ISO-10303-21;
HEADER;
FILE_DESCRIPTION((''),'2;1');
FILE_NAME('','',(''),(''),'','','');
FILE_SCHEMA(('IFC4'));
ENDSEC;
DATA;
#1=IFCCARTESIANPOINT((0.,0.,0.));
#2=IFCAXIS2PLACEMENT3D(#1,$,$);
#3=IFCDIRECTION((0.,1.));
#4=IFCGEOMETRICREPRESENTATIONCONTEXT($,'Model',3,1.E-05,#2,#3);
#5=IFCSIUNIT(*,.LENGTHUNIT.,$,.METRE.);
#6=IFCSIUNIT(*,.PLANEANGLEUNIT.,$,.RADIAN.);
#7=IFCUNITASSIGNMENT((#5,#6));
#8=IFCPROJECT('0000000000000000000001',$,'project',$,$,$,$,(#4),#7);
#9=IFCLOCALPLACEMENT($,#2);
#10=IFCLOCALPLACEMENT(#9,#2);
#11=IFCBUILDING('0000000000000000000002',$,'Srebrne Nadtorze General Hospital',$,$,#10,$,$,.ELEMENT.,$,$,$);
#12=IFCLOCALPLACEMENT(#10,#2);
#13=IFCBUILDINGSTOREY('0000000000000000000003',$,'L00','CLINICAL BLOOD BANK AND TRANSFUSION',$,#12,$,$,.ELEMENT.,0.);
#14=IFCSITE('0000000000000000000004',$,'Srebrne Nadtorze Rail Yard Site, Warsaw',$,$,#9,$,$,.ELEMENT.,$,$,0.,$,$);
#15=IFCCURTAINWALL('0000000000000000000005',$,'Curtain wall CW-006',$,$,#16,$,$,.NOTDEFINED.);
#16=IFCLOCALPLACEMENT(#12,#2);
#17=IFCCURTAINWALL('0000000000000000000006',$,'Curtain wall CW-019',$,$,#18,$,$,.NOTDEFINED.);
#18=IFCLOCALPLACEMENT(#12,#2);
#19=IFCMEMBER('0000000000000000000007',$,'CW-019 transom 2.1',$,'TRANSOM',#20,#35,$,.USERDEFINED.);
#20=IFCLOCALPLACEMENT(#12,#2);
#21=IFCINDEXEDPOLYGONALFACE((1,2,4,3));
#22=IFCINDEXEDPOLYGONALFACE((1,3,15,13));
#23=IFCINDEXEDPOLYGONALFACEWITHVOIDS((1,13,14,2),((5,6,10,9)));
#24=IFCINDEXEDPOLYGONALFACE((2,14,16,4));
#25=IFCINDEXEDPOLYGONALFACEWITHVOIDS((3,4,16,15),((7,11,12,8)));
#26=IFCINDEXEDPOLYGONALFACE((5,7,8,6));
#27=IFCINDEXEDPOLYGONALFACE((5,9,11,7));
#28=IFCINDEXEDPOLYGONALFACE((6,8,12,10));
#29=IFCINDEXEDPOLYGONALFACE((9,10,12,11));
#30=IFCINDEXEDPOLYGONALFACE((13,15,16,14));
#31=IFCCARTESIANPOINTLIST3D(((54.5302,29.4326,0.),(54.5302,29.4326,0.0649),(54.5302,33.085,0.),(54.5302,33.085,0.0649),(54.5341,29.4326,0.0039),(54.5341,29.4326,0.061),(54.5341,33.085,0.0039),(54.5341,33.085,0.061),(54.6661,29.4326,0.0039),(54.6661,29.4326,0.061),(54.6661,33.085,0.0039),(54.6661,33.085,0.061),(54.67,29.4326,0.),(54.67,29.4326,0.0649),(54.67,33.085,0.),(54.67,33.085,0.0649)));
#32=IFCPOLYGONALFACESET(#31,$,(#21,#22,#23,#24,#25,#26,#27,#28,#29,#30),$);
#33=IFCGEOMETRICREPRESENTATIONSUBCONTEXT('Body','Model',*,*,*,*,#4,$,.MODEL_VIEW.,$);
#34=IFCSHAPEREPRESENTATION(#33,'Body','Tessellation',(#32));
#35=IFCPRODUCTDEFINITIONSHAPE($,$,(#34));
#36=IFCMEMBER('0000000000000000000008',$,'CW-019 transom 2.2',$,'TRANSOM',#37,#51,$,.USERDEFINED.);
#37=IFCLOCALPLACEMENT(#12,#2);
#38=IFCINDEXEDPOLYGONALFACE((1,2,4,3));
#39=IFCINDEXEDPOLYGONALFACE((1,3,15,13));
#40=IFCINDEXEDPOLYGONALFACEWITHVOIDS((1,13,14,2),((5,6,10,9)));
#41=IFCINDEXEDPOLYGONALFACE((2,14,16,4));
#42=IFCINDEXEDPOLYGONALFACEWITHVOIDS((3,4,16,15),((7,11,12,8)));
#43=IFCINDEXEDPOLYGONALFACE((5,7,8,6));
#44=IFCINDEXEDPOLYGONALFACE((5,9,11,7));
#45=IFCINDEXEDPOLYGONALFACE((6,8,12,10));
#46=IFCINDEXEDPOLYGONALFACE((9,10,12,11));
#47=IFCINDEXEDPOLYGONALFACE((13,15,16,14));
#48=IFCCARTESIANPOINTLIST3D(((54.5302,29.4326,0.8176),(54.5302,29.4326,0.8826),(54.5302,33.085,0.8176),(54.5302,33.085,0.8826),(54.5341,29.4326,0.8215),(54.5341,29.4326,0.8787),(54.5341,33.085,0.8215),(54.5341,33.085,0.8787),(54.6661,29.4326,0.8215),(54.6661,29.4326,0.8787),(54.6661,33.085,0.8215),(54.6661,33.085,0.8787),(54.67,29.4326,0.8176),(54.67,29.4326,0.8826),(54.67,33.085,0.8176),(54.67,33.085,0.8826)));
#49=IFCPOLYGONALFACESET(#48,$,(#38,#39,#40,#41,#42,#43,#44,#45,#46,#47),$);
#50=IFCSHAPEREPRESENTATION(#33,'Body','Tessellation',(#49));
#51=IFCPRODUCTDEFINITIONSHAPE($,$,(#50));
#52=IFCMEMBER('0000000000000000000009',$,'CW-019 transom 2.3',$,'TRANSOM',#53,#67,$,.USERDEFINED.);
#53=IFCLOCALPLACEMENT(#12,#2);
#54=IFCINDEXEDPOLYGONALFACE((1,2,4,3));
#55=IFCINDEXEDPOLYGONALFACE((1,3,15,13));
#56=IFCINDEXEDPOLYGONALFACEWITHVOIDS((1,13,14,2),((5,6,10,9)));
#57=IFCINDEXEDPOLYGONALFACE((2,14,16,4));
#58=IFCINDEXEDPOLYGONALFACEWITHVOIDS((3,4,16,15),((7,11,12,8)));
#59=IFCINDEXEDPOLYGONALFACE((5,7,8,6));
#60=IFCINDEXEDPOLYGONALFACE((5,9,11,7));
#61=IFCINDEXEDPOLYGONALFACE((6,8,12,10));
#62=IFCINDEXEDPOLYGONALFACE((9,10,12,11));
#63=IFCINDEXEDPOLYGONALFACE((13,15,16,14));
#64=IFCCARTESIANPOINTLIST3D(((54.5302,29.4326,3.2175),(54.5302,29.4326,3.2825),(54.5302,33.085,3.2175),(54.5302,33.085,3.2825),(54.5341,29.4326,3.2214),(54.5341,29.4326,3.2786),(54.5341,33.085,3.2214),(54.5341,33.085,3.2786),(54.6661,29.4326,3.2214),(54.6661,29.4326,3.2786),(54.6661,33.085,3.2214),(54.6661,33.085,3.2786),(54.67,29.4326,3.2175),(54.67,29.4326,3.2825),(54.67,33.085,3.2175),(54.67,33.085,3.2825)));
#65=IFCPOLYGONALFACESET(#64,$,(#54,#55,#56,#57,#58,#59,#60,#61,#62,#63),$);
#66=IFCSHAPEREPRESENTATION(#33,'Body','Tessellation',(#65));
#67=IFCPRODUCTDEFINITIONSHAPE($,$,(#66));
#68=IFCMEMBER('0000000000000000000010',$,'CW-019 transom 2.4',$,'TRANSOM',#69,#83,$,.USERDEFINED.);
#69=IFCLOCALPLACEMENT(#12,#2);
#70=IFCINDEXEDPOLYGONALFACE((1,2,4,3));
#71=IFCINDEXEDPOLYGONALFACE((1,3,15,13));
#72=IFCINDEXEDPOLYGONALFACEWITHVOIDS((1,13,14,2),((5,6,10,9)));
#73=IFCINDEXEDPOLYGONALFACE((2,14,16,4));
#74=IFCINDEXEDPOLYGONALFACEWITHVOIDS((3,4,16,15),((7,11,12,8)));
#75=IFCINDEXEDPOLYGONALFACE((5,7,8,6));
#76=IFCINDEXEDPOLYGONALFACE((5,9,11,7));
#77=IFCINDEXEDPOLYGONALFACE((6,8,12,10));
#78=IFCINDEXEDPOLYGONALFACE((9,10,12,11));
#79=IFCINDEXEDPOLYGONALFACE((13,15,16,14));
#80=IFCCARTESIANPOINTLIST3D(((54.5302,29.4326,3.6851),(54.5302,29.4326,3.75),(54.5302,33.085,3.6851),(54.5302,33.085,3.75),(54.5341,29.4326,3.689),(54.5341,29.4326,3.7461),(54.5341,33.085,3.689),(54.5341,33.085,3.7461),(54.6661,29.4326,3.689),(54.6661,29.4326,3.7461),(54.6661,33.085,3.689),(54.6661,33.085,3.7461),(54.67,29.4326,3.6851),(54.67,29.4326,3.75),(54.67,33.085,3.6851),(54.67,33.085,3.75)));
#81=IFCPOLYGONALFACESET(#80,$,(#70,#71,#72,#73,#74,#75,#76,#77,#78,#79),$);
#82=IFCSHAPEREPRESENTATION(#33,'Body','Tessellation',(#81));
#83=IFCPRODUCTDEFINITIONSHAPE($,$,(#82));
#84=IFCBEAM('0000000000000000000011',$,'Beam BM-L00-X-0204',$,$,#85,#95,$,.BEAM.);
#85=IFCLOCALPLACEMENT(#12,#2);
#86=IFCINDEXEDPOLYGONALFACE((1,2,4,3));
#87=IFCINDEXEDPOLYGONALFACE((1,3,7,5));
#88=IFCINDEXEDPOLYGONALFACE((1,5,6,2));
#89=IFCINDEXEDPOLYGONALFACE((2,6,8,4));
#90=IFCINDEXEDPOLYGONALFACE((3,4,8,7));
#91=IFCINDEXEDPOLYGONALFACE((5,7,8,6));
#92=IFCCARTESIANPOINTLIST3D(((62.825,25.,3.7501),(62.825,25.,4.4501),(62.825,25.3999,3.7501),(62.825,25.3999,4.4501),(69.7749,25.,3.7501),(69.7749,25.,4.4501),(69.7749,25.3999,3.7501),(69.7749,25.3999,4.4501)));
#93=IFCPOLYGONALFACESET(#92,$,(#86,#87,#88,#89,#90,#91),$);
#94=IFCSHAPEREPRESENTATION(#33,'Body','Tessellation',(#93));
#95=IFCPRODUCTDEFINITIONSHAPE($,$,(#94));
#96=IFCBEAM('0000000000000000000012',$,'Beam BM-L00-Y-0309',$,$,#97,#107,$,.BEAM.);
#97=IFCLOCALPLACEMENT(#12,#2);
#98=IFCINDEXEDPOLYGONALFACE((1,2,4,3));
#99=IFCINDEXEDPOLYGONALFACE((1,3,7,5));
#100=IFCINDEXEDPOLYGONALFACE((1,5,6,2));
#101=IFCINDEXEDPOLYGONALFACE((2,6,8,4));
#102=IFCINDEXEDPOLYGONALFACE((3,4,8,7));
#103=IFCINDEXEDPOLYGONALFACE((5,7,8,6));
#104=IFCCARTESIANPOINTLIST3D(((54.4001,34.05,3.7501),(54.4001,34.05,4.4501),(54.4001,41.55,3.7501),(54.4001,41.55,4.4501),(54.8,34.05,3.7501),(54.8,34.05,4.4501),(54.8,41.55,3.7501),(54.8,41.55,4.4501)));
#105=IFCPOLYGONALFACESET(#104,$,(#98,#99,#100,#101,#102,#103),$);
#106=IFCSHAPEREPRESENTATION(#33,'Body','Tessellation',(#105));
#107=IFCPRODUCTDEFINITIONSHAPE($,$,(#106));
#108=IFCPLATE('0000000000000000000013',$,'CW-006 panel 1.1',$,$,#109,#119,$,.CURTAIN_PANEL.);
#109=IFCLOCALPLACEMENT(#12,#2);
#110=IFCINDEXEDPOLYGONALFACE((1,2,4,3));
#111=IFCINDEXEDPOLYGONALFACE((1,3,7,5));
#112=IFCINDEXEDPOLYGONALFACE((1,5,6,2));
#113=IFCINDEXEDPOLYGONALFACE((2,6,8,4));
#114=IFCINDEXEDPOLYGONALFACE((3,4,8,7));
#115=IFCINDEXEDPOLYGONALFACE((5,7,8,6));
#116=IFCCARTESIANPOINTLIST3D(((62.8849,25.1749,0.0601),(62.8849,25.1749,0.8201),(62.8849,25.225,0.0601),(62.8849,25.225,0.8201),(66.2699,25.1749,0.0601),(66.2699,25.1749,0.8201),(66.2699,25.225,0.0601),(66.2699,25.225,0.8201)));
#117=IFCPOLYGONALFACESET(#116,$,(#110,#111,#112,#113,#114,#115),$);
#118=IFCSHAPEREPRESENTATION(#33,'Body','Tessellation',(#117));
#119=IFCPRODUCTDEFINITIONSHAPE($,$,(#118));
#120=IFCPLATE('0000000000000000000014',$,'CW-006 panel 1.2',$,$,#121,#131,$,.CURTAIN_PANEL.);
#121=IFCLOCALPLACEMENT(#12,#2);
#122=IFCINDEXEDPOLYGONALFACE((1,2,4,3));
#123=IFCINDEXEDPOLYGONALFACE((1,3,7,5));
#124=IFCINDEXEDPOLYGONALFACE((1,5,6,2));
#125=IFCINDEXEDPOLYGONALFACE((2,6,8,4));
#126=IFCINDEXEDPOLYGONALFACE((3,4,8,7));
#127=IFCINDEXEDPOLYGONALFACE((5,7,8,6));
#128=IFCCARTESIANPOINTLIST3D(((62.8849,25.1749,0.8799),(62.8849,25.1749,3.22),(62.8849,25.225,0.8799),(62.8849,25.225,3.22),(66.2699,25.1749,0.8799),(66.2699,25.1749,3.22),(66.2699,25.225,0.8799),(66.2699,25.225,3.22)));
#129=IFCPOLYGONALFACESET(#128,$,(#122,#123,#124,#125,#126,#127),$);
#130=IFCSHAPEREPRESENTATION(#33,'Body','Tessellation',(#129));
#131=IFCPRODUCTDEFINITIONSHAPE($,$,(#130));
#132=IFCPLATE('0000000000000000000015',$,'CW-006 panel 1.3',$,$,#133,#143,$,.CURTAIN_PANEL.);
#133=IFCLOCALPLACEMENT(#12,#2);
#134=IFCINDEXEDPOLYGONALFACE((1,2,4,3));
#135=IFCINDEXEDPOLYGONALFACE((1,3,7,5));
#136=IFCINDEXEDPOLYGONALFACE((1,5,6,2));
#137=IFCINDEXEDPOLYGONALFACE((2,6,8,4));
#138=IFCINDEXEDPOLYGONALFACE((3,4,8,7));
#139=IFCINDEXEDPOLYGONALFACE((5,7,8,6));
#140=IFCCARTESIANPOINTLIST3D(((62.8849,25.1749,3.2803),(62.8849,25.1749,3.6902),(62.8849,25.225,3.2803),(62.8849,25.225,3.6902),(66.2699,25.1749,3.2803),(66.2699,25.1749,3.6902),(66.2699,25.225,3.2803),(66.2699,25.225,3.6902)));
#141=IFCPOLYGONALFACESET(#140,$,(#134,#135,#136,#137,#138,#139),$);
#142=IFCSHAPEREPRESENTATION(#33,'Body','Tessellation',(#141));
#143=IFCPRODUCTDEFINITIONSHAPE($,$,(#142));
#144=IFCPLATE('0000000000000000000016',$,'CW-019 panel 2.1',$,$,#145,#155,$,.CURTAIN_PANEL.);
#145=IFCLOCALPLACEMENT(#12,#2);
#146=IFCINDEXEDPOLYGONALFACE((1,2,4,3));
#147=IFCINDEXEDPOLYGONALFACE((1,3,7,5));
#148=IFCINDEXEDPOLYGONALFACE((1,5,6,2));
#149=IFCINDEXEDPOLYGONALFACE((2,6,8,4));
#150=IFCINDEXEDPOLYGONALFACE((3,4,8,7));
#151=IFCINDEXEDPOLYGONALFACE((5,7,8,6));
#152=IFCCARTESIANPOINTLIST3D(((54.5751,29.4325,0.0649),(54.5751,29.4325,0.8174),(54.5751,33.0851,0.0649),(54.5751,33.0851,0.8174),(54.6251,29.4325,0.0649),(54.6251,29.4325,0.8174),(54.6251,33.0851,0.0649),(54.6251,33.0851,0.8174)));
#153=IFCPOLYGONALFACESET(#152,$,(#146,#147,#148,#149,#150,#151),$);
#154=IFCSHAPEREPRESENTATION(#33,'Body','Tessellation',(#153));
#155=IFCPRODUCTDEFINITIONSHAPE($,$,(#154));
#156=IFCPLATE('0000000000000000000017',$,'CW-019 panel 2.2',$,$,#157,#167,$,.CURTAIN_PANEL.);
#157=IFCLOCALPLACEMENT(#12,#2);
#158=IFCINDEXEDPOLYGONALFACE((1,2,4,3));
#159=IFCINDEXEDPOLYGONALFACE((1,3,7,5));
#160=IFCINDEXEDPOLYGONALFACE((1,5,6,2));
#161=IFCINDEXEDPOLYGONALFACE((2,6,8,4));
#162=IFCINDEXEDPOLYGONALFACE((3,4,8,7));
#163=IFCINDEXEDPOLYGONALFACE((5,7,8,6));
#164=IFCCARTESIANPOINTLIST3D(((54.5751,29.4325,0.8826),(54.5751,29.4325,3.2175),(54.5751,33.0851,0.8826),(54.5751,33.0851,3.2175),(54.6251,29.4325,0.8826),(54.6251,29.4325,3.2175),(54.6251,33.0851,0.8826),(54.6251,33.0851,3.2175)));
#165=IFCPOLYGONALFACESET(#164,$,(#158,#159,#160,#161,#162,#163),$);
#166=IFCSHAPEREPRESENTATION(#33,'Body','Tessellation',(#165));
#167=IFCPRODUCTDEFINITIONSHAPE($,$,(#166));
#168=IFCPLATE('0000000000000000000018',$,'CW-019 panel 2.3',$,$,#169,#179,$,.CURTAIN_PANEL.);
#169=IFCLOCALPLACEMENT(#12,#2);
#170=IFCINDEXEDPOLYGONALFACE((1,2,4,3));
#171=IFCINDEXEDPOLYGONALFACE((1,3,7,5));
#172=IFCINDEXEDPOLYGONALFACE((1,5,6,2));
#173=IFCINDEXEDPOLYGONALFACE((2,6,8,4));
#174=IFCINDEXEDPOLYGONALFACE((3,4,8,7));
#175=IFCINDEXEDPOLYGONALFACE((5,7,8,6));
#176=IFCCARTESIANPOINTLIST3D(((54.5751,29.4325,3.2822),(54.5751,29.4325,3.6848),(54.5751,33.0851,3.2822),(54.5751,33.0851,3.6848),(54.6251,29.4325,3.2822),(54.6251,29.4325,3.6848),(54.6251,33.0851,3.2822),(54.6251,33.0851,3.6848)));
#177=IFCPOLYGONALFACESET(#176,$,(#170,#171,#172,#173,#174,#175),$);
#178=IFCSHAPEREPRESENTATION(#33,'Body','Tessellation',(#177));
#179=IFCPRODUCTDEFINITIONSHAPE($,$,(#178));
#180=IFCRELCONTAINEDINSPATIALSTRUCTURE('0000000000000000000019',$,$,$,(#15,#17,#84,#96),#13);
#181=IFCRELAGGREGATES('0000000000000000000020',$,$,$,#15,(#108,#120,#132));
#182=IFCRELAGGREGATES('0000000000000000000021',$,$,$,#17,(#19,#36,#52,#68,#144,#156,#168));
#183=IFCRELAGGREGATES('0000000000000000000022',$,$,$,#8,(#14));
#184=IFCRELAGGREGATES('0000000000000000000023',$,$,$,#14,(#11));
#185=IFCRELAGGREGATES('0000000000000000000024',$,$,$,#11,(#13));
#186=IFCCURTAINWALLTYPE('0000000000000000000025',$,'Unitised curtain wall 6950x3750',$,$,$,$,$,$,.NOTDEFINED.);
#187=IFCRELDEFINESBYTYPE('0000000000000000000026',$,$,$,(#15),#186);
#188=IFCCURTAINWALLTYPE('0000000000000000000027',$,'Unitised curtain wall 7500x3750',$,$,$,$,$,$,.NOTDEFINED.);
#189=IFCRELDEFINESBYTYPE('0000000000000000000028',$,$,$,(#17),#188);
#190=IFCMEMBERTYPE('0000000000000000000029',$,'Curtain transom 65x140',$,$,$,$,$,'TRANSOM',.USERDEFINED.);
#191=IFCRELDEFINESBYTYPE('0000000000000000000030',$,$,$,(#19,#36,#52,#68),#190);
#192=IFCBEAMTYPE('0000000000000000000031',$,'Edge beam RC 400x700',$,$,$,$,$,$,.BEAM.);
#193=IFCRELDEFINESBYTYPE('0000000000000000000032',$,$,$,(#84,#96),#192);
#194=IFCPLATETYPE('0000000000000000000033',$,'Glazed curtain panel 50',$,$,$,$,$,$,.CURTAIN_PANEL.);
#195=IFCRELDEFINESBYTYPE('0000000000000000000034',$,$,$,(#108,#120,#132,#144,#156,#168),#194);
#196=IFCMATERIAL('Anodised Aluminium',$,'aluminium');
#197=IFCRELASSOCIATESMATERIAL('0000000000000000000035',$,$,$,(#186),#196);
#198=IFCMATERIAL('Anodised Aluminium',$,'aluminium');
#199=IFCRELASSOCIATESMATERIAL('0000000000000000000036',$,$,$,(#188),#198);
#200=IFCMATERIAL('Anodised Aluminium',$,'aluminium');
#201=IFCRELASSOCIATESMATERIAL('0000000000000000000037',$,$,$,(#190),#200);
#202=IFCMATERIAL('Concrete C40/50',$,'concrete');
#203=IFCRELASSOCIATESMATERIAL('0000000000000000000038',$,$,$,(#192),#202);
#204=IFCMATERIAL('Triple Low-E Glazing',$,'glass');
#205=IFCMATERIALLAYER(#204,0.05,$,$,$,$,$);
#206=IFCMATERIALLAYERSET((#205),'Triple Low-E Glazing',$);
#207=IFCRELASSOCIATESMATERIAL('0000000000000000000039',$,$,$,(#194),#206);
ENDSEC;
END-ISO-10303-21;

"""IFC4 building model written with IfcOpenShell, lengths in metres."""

from ifc_helpers import new_model, si_unit, direction, frame, origin, origin_2d, place, context, subcontext, project, spatial, rectangle, hollow_rectangle, extrude, material, layer, layer_set, material_profile, profile_set, type_object, element, aggregate, save


model = new_model("IFC4")

# Units and contexts
model_context = context("Model", 3, precision=1e-05, world=origin(), true_north=direction((0.0, 1.0)))
body_context = subcontext(model_context, "Body", "Model", "MODEL_VIEW")
ifc_project = project(units=[si_unit("LENGTHUNIT", "METRE"), si_unit("PLANEANGLEUNIT", "RADIAN")], contexts=[model_context])

# Site, building, storey
site_placement = place(None, origin())
site = spatial("IfcSite", under=ifc_project, at=site_placement, Name="Srebrne Nadtorze Rail Yard Site, Warsaw", CompositionType="ELEMENT", RefElevation=0.0)
building_placement = place(site_placement, origin())
building = spatial("IfcBuilding", under=site, at=building_placement, Name="Srebrne Nadtorze General Hospital", CompositionType="ELEMENT")
storey_placement = place(building_placement, origin())
storey = spatial("IfcBuildingStorey", under=building, at=storey_placement, Name="L00", Description="CLINICAL BLOOD BANK AND TRANSFUSION", CompositionType="ELEMENT", Elevation=0.0)

# Curtain wall
ifc_material_1 = material(Name="Anodised Aluminium", Category="aluminium")
curtain_wall_type_1 = type_object("IfcCurtainWallType", Name="Unitised curtain wall 6950x3750", PredefinedType="NOTDEFINED", material=ifc_material_1)
curtain_wall_1_placement = place(storey_placement, origin())
curtain_wall_1 = element("IfcCurtainWall", 1, at=curtain_wall_1_placement, inside=storey, type_object=curtain_wall_type_1, Name="Curtain wall CW-006", PredefinedType="NOTDEFINED")

# Curtain wall
ifc_material_2 = material(Name="Anodised Aluminium", Category="aluminium")
curtain_wall_type_2 = type_object("IfcCurtainWallType", Name="Unitised curtain wall 7500x3750", PredefinedType="NOTDEFINED", material=ifc_material_2)
curtain_wall_2_placement = place(storey_placement, origin())
curtain_wall_2 = element("IfcCurtainWall", 2, at=curtain_wall_2_placement, inside=storey, type_object=curtain_wall_type_2, Name="Curtain wall CW-019", PredefinedType="NOTDEFINED")

# Members
ifc_material_3 = material(Name="Anodised Aluminium", Category="aluminium")
ifc_material_profile_1 = material_profile(ifc_material_3, hollow_rectangle(XDim=0.0649, YDim=0.1399, WallThickness=0.0039, at=origin_2d()), Name="AL-TRN-65x140")
ifc_profile_set_1 = profile_set([ifc_material_profile_1], Name="Anodised Aluminium")
member_type_1 = type_object("IfcMemberType", Name="Curtain transom 65x140", ElementType="TRANSOM", PredefinedType="USERDEFINED", material=ifc_profile_set_1)
member_1_placement = place(storey_placement, frame((54.6001, 29.4326, 0.0325), z_axis=(0.0, 1.0, 0.0), x_axis=(0.0, 0.0, 1.0)))
member_1 = element("IfcMember", 3, at=member_1_placement, type_object=member_type_1, Name="CW-019 transom 2.1", ObjectType="TRANSOM", PredefinedType="USERDEFINED", context=body_context, shape_type="SweptSolid", body=[
    extrude(hollow_rectangle(XDim=0.0649, YDim=0.1399, WallThickness=0.0039, at=origin_2d()), origin(), (0.0, 0.0, 1.0), 3.6523),
])
member_2_placement = place(storey_placement, frame((54.6001, 29.4326, 0.8501), z_axis=(0.0, 1.0, 0.0), x_axis=(0.0, 0.0, 1.0)))
member_2 = element("IfcMember", 4, at=member_2_placement, type_object=member_type_1, Name="CW-019 transom 2.2", ObjectType="TRANSOM", PredefinedType="USERDEFINED", context=body_context, shape_type="SweptSolid", body=[
    extrude(hollow_rectangle(XDim=0.0649, YDim=0.1399, WallThickness=0.0039, at=origin_2d()), origin(), (0.0, 0.0, 1.0), 3.6523),
])
member_3_placement = place(storey_placement, frame((54.6001, 29.4326, 3.25), z_axis=(0.0, 1.0, 0.0), x_axis=(0.0, 0.0, 1.0)))
member_3 = element("IfcMember", 5, at=member_3_placement, type_object=member_type_1, Name="CW-019 transom 2.3", ObjectType="TRANSOM", PredefinedType="USERDEFINED", context=body_context, shape_type="SweptSolid", body=[
    extrude(hollow_rectangle(XDim=0.0649, YDim=0.1399, WallThickness=0.0039, at=origin_2d()), origin(), (0.0, 0.0, 1.0), 3.6523),
])
member_4_placement = place(storey_placement, frame((54.6001, 29.4326, 3.7175), z_axis=(0.0, 1.0, 0.0), x_axis=(0.0, 0.0, 1.0)))
member_4 = element("IfcMember", 6, at=member_4_placement, type_object=member_type_1, Name="CW-019 transom 2.4", ObjectType="TRANSOM", PredefinedType="USERDEFINED", context=body_context, shape_type="SweptSolid", body=[
    extrude(hollow_rectangle(XDim=0.0649, YDim=0.1399, WallThickness=0.0039, at=origin_2d()), origin(), (0.0, 0.0, 1.0), 3.6523),
])

# Beams
ifc_material_4 = material(Name="Concrete C40/50", Category="concrete")
ifc_material_profile_2 = material_profile(ifc_material_4, rectangle(XDim=0.3999, YDim=0.7, at=origin_2d()), Name="RC-BM-400x700")
ifc_profile_set_2 = profile_set([ifc_material_profile_2], Name="Concrete C40/50")
beam_type = type_object("IfcBeamType", Name="Edge beam RC 400x700", PredefinedType="BEAM", material=ifc_profile_set_2)
beam_1_placement = place(storey_placement, frame((62.825, 25.2, 4.1001), z_axis=(1.0, 0.0, 0.0), x_axis=(0.0, 1.0, 0.0)))
element("IfcBeam", 7, at=beam_1_placement, inside=storey, type_object=beam_type, Name="Beam BM-L00-X-0204", PredefinedType="BEAM", context=body_context, shape_type="SweptSolid", body=[
    extrude(rectangle(XDim=0.3999, YDim=0.7, at=origin_2d()), origin(), (0.0, 0.0, 1.0), 6.95),
])
beam_2_placement = place(storey_placement, frame((54.6001, 34.05, 4.1001), z_axis=(0.0, 1.0, 0.0), x_axis=(-1.0, 0.0, 0.0)))
element("IfcBeam", 8, at=beam_2_placement, inside=storey, type_object=beam_type, Name="Beam BM-L00-Y-0309", PredefinedType="BEAM", context=body_context, shape_type="SweptSolid", body=[
    extrude(rectangle(XDim=0.3999, YDim=0.7, at=origin_2d()), origin(), (0.0, 0.0, 1.0), 7.5),
])

# Plates
ifc_material_5 = material(Name="Triple Low-E Glazing", Category="glass")
ifc_layer = layer(ifc_material_5, 0.05)
ifc_layer_set = layer_set([ifc_layer], Name="Triple Low-E Glazing")
plate_type = type_object("IfcPlateType", Name="Glazed curtain panel 50", PredefinedType="CURTAIN_PANEL", material=ifc_layer_set)
plate_1_placement = place(storey_placement, frame((64.5774, 25.2, 0.0601), z_axis=(0.0, 0.0, 1.0), x_axis=(1.0, 0.0, 0.0)))
plate_1 = element("IfcPlate", 9, at=plate_1_placement, type_object=plate_type, Name="CW-006 panel 1.1", PredefinedType="CURTAIN_PANEL", context=body_context, shape_type="SweptSolid", body=[
    extrude(rectangle(XDim=3.385, YDim=0.05, at=origin_2d()), origin(), (0.0, 0.0, 1.0), 0.76),
])
plate_2_placement = place(storey_placement, frame((64.5774, 25.2, 0.8799), z_axis=(0.0, 0.0, 1.0), x_axis=(1.0, 0.0, 0.0)))
plate_2 = element("IfcPlate", 10, at=plate_2_placement, type_object=plate_type, Name="CW-006 panel 1.2", PredefinedType="CURTAIN_PANEL", context=body_context, shape_type="SweptSolid", body=[
    extrude(rectangle(XDim=3.385, YDim=0.05, at=origin_2d()), origin(), (0.0, 0.0, 1.0), 2.3401),
])
plate_3_placement = place(storey_placement, frame((64.5774, 25.2, 3.2803), z_axis=(0.0, 0.0, 1.0), x_axis=(1.0, 0.0, 0.0)))
plate_3 = element("IfcPlate", 11, at=plate_3_placement, type_object=plate_type, Name="CW-006 panel 1.3", PredefinedType="CURTAIN_PANEL", context=body_context, shape_type="SweptSolid", body=[
    extrude(rectangle(XDim=3.385, YDim=0.05, at=origin_2d()), origin(), (0.0, 0.0, 1.0), 0.4099),
])
aggregate(curtain_wall_1, [plate_1, plate_2, plate_3])
plate_4_placement = place(storey_placement, frame((54.6001, 31.2588, 0.0649), z_axis=(0.0, 0.0, 1.0), x_axis=(0.0, 1.0, 0.0)))
plate_4 = element("IfcPlate", 12, at=plate_4_placement, type_object=plate_type, Name="CW-019 panel 2.1", PredefinedType="CURTAIN_PANEL", context=body_context, shape_type="SweptSolid", body=[
    extrude(rectangle(XDim=3.6526, YDim=0.05, at=origin_2d()), origin(), (0.0, 0.0, 1.0), 0.7524),
])
plate_5_placement = place(storey_placement, frame((54.6001, 31.2588, 0.8826), z_axis=(0.0, 0.0, 1.0), x_axis=(0.0, 1.0, 0.0)))
plate_5 = element("IfcPlate", 13, at=plate_5_placement, type_object=plate_type, Name="CW-019 panel 2.2", PredefinedType="CURTAIN_PANEL", context=body_context, shape_type="SweptSolid", body=[
    extrude(rectangle(XDim=3.6526, YDim=0.05, at=origin_2d()), origin(), (0.0, 0.0, 1.0), 2.335),
])
plate_6_placement = place(storey_placement, frame((54.6001, 31.2588, 3.2822), z_axis=(0.0, 0.0, 1.0), x_axis=(0.0, 1.0, 0.0)))
plate_6 = element("IfcPlate", 14, at=plate_6_placement, type_object=plate_type, Name="CW-019 panel 2.3", PredefinedType="CURTAIN_PANEL", context=body_context, shape_type="SweptSolid", body=[
    extrude(rectangle(XDim=3.6526, YDim=0.05, at=origin_2d()), origin(), (0.0, 0.0, 1.0), 0.4026),
])
aggregate(curtain_wall_2, [member_1, member_2, member_3, member_4, plate_4, plate_5, plate_6])

save(model, "model.ifc")
